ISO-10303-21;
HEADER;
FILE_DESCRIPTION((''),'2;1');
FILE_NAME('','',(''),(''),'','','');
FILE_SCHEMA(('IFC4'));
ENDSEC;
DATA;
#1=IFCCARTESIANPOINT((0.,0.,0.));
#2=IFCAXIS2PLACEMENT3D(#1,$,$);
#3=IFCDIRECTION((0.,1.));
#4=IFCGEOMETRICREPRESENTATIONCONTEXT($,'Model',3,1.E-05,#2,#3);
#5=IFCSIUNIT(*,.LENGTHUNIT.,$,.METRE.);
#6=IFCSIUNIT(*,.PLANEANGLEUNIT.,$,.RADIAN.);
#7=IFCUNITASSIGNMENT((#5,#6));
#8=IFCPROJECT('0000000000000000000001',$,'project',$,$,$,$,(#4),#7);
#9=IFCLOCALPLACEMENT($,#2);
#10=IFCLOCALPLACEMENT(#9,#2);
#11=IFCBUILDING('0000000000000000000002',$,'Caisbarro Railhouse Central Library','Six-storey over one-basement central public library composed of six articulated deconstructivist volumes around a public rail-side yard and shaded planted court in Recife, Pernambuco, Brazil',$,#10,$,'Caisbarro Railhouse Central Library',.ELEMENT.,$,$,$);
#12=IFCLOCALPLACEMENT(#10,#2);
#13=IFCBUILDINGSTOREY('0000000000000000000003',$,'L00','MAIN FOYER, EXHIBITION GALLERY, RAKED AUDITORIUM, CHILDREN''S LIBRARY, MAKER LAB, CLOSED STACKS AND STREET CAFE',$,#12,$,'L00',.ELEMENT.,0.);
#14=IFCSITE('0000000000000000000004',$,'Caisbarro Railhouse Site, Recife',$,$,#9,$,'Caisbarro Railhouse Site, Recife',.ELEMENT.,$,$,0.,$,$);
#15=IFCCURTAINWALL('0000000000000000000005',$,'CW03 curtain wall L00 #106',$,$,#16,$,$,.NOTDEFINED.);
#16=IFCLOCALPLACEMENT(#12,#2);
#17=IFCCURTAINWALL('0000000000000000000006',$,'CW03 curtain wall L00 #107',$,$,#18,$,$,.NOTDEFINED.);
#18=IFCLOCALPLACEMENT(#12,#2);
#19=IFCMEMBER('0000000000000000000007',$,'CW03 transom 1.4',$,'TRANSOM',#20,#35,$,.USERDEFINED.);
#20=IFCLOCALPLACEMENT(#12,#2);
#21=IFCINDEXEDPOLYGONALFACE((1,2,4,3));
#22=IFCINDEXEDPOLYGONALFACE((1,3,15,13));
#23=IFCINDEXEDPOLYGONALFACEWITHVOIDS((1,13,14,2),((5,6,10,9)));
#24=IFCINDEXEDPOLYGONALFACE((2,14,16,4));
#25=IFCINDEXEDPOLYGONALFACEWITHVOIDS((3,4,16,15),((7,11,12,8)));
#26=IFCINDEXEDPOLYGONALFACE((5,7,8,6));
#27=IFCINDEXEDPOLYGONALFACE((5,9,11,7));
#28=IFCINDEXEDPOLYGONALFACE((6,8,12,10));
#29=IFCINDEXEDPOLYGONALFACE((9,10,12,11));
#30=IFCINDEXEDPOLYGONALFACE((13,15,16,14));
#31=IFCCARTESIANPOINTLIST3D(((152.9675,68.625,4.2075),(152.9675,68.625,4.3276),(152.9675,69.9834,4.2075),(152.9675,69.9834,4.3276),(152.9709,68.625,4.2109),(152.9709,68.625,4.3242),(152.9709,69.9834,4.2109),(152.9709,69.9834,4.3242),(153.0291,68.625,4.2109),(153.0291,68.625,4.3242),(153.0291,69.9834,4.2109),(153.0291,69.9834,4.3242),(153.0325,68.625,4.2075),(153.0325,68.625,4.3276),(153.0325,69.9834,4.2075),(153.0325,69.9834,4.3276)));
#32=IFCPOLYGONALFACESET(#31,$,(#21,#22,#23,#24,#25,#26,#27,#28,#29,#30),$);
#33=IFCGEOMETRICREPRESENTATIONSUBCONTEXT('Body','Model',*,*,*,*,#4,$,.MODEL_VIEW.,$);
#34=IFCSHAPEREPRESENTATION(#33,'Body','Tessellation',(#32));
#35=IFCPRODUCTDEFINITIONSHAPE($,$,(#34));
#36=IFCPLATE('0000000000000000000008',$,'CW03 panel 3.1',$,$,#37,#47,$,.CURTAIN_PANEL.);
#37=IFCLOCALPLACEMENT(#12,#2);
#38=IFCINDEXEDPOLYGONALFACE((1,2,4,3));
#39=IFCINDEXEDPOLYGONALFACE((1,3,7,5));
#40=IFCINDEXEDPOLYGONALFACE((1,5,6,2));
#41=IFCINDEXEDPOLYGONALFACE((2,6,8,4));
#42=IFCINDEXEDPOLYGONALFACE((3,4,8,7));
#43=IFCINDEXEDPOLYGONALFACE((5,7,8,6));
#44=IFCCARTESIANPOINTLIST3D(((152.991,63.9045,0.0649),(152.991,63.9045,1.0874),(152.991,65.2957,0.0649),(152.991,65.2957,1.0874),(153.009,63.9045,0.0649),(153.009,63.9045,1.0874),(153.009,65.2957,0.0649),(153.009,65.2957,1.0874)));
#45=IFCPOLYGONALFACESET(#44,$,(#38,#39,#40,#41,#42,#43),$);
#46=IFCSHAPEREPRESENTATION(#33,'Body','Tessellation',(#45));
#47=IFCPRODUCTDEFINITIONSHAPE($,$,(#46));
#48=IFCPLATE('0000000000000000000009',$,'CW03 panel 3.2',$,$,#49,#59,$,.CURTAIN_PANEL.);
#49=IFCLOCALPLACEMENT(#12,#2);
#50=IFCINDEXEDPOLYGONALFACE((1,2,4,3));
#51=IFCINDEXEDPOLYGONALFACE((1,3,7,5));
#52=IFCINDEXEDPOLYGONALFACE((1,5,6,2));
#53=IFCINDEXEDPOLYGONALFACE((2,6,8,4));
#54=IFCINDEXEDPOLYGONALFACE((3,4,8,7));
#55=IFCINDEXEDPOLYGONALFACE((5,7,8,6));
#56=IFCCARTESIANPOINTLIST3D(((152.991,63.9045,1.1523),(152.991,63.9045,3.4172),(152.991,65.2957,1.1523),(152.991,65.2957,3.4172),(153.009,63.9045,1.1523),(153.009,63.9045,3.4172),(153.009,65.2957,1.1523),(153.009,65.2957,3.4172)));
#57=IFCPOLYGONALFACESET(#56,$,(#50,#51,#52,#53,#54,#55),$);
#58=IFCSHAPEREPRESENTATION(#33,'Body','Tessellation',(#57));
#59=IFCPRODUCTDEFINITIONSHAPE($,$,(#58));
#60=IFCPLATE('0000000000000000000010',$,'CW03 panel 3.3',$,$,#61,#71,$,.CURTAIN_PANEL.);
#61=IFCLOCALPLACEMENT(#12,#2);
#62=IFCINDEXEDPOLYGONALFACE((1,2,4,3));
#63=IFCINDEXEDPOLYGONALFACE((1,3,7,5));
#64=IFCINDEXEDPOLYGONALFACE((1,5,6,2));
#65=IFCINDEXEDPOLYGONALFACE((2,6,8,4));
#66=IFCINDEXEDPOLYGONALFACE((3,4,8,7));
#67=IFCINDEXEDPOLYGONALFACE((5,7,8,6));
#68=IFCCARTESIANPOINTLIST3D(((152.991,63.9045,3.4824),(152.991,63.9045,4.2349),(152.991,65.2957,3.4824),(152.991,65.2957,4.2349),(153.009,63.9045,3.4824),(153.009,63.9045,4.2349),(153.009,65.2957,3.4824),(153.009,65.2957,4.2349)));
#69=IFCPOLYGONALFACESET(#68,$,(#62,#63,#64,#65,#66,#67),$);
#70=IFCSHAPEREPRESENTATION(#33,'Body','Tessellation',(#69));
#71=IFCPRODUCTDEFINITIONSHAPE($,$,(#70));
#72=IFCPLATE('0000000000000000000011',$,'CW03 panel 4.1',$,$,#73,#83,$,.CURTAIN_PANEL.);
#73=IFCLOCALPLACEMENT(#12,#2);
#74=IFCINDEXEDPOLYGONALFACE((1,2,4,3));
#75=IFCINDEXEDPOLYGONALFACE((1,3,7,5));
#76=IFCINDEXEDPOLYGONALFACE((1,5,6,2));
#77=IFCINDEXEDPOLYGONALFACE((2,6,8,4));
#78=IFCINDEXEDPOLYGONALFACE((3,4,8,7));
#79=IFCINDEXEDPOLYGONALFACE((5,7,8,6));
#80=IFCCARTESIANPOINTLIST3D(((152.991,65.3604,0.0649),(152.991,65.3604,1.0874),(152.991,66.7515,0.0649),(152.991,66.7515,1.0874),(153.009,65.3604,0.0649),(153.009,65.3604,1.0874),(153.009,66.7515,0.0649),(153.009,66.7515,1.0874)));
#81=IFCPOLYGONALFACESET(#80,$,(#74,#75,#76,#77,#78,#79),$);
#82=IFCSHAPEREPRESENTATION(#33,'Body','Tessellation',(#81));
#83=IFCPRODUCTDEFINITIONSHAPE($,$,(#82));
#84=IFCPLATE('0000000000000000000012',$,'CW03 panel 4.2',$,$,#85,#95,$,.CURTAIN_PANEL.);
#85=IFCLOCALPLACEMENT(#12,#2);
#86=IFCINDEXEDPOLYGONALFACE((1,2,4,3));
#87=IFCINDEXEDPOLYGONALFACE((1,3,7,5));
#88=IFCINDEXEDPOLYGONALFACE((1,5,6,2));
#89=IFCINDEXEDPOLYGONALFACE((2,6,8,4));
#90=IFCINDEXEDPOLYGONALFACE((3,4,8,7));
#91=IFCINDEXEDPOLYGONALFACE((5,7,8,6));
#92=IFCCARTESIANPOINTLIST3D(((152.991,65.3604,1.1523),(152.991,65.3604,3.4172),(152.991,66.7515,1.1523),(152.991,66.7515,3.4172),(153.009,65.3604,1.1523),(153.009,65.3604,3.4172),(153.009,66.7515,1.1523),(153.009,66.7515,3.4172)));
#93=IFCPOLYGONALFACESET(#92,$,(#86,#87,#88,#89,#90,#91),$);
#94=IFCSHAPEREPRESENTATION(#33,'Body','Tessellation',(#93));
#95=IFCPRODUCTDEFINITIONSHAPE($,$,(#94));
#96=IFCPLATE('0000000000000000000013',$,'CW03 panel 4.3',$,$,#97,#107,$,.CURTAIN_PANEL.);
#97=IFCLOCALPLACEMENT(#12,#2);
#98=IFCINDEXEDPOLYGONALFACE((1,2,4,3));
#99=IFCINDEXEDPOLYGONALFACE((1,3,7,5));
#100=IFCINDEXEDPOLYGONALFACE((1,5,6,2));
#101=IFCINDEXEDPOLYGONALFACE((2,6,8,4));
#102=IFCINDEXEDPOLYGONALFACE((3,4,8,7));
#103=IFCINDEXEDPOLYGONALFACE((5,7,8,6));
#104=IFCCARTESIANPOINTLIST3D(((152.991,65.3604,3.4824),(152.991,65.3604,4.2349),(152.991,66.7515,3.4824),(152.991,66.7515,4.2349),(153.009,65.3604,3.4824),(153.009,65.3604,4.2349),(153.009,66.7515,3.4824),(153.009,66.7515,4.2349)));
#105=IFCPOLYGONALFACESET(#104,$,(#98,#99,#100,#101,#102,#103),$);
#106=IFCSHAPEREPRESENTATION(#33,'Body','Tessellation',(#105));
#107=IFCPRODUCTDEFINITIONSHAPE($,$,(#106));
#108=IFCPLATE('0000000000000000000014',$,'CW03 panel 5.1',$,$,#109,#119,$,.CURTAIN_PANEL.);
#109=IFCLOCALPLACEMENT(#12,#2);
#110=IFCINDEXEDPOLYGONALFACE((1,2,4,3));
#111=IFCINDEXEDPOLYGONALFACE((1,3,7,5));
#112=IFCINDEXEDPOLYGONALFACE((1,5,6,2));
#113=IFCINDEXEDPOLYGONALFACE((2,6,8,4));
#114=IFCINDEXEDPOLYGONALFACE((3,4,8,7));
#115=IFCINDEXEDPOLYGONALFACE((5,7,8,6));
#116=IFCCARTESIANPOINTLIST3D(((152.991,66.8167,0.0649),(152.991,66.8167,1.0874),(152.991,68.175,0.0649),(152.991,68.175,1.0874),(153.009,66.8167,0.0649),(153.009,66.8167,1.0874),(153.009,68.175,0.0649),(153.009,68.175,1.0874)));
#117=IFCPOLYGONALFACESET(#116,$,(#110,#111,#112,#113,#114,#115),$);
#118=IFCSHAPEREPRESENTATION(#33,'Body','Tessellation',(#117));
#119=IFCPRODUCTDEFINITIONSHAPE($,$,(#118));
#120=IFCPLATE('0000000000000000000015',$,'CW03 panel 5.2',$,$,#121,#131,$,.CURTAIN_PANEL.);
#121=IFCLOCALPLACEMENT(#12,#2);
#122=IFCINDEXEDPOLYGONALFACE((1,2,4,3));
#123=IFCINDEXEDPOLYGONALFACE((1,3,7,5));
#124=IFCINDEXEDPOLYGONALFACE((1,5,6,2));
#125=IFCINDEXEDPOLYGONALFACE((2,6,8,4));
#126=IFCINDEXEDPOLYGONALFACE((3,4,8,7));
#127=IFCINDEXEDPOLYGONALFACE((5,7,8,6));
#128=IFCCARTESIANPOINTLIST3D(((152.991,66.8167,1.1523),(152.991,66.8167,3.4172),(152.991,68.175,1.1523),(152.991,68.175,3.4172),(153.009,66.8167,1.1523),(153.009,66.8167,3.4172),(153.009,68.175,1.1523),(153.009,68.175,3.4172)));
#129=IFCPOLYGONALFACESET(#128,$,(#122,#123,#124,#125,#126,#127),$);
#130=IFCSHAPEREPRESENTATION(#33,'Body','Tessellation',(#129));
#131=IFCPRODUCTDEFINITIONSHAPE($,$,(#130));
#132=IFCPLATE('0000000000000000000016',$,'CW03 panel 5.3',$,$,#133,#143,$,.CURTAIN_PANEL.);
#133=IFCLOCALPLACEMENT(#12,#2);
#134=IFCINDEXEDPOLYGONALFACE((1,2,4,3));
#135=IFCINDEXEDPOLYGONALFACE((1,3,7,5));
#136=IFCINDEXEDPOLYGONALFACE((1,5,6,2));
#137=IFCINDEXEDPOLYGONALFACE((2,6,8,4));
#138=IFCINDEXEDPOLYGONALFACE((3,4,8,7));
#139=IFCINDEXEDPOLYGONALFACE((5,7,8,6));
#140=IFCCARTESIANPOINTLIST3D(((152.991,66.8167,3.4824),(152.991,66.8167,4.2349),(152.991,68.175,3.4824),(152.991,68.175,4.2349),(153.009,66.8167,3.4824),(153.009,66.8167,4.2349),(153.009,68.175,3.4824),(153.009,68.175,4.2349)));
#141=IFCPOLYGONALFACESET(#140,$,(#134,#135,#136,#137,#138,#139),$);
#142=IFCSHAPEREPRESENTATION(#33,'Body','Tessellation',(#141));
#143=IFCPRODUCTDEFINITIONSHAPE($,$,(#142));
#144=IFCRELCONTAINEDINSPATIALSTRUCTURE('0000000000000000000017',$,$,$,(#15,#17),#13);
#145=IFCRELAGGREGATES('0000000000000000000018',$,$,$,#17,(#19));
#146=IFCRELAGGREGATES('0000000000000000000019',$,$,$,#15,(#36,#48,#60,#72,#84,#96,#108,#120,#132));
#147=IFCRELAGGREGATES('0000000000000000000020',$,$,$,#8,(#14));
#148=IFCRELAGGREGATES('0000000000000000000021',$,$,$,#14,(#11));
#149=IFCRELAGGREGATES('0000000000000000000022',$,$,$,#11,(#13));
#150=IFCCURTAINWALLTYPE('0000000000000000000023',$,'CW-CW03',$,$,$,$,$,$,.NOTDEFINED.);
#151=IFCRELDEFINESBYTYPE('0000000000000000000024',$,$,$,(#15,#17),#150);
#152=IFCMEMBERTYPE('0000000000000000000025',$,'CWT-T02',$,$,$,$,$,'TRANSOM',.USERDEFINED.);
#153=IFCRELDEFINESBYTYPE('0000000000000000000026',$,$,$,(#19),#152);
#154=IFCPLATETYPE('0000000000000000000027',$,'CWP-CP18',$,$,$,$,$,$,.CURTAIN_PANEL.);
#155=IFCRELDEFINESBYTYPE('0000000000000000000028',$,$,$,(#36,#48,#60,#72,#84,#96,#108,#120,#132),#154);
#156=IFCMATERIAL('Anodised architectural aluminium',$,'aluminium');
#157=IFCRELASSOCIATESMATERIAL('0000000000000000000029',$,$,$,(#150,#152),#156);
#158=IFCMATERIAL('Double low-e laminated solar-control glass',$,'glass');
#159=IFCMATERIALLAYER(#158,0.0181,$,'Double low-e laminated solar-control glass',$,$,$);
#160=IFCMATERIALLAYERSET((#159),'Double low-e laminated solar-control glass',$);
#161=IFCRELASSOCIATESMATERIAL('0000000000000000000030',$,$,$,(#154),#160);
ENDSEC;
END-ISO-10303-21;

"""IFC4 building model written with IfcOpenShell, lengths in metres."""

from ifc_helpers import new_model, si_unit, direction, frame, origin, origin_2d, place, context, subcontext, project, spatial, rectangle, hollow_rectangle, extrude, material, layer, layer_set, material_profile, profile_set, type_object, element, aggregate, save


model = new_model("IFC4")

# Units and contexts
model_context = context("Model", 3, precision=1e-05, world=origin(), true_north=direction((0.0, 1.0)))
body_context = subcontext(model_context, "Body", "Model", "MODEL_VIEW")
ifc_project = project(units=[si_unit("LENGTHUNIT", "METRE"), si_unit("PLANEANGLEUNIT", "RADIAN")], contexts=[model_context])

# Site, building, storey
site_placement = place(None, origin())
site = spatial("IfcSite", under=ifc_project, at=site_placement, Name="Caisbarro Railhouse Site, Recife", LongName="Caisbarro Railhouse Site, Recife", CompositionType="ELEMENT", RefElevation=0.0)
building_placement = place(site_placement, origin())
building = spatial("IfcBuilding", under=site, at=building_placement, Name="Caisbarro Railhouse Central Library", Description="Six-storey over one-basement central public library composed of six articulated deconstructivist volumes around a public rail-side yard and shaded planted court in Recife, Pernambuco, Brazil", LongName="Caisbarro Railhouse Central Library", CompositionType="ELEMENT")
storey_placement = place(building_placement, origin())
storey = spatial("IfcBuildingStorey", under=building, at=storey_placement, Name="L00", Description="MAIN FOYER, EXHIBITION GALLERY, RAKED AUDITORIUM, CHILDREN'S LIBRARY, MAKER LAB, CLOSED STACKS AND STREET CAFE", LongName="L00", CompositionType="ELEMENT", Elevation=0.0)

# Curtain wall
ifc_material_1 = material(Name="Anodised architectural aluminium", Category="aluminium")
curtain_wall_type = type_object("IfcCurtainWallType", Name="CW-CW03", PredefinedType="NOTDEFINED", material=ifc_material_1)
curtain_wall_1_placement = place(storey_placement, origin())
curtain_wall_1 = element("IfcCurtainWall", 1, at=curtain_wall_1_placement, inside=storey, type_object=curtain_wall_type, Name="CW03 curtain wall L00 #106", PredefinedType="NOTDEFINED")

# Curtain wall
curtain_wall_2_placement = place(storey_placement, origin())
curtain_wall_2 = element("IfcCurtainWall", 2, at=curtain_wall_2_placement, inside=storey, type_object=curtain_wall_type, Name="CW03 curtain wall L00 #107", PredefinedType="NOTDEFINED")

# Member
ifc_material_profile_1 = material_profile(ifc_material_1, hollow_rectangle(XDim=0.0649, YDim=0.1201, WallThickness=0.0034, at=origin_2d()), Name="ALU-TRN-65X120")
ifc_profile_set_1 = profile_set([ifc_material_profile_1], Name="Anodised architectural aluminium")
member_type_1 = type_object("IfcMemberType", Name="CWT-T02", ElementType="TRANSOM", PredefinedType="USERDEFINED", material=ifc_profile_set_1)
member_1_placement = place(storey_placement, frame((153.0, 68.625, 4.2676), z_axis=(0.0, 1.0, 0.0), x_axis=(-1.0, 0.0, 0.0)))
member_1 = element("IfcMember", 3, at=member_1_placement, type_object=member_type_1, Name="CW03 transom 1.4", ObjectType="TRANSOM", PredefinedType="USERDEFINED", context=body_context, shape_type="SweptSolid", body=[
    extrude(hollow_rectangle(XDim=0.0649, YDim=0.1201, WallThickness=0.0034, at=origin_2d()), origin(), (0.0, 0.0, 1.0), 1.3584),
])
aggregate(curtain_wall_2, [member_1])

# Plates
ifc_material_2 = material(Name="Double low-e laminated solar-control glass", Category="glass")
ifc_layer = layer(ifc_material_2, 0.0181, Name="Double low-e laminated solar-control glass")
ifc_layer_set = layer_set([ifc_layer], Name="Double low-e laminated solar-control glass")
plate_type = type_object("IfcPlateType", Name="CWP-CP18", PredefinedType="CURTAIN_PANEL", material=ifc_layer_set)
plate_1_placement = place(storey_placement, frame((153.0, 64.6001, 0.0649), z_axis=(0.0, 0.0, 1.0), x_axis=(0.0, 1.0, 0.0)))
plate_1 = element("IfcPlate", 4, at=plate_1_placement, type_object=plate_type, Name="CW03 panel 3.1", PredefinedType="CURTAIN_PANEL", context=body_context, shape_type="SweptSolid", body=[
    extrude(rectangle(XDim=1.3911, YDim=0.0181, at=origin_2d()), origin(), (0.0, 0.0, 1.0), 1.0225),
])
plate_2_placement = place(storey_placement, frame((153.0, 64.6001, 1.1523), z_axis=(0.0, 0.0, 1.0), x_axis=(0.0, 1.0, 0.0)))
plate_2 = element("IfcPlate", 5, at=plate_2_placement, type_object=plate_type, Name="CW03 panel 3.2", PredefinedType="CURTAIN_PANEL", context=body_context, shape_type="SweptSolid", body=[
    extrude(rectangle(XDim=1.3911, YDim=0.0181, at=origin_2d()), origin(), (0.0, 0.0, 1.0), 2.2649),
])
plate_3_placement = place(storey_placement, frame((153.0, 64.6001, 3.4824), z_axis=(0.0, 0.0, 1.0), x_axis=(0.0, 1.0, 0.0)))
plate_3 = element("IfcPlate", 6, at=plate_3_placement, type_object=plate_type, Name="CW03 panel 3.3", PredefinedType="CURTAIN_PANEL", context=body_context, shape_type="SweptSolid", body=[
    extrude(rectangle(XDim=1.3911, YDim=0.0181, at=origin_2d()), origin(), (0.0, 0.0, 1.0), 0.7524),
])
plate_4_placement = place(storey_placement, frame((153.0, 66.0559, 0.0649), z_axis=(0.0, 0.0, 1.0), x_axis=(0.0, 1.0, 0.0)))
plate_4 = element("IfcPlate", 7, at=plate_4_placement, type_object=plate_type, Name="CW03 panel 4.1", PredefinedType="CURTAIN_PANEL", context=body_context, shape_type="SweptSolid", body=[
    extrude(rectangle(XDim=1.3911, YDim=0.0181, at=origin_2d()), origin(), (0.0, 0.0, 1.0), 1.0225),
])
plate_5_placement = place(storey_placement, frame((153.0, 66.0559, 1.1523), z_axis=(0.0, 0.0, 1.0), x_axis=(0.0, 1.0, 0.0)))
plate_5 = element("IfcPlate", 8, at=plate_5_placement, type_object=plate_type, Name="CW03 panel 4.2", PredefinedType="CURTAIN_PANEL", context=body_context, shape_type="SweptSolid", body=[
    extrude(rectangle(XDim=1.3911, YDim=0.0181, at=origin_2d()), origin(), (0.0, 0.0, 1.0), 2.2649),
])
plate_6_placement = place(storey_placement, frame((153.0, 66.0559, 3.4824), z_axis=(0.0, 0.0, 1.0), x_axis=(0.0, 1.0, 0.0)))
plate_6 = element("IfcPlate", 9, at=plate_6_placement, type_object=plate_type, Name="CW03 panel 4.3", PredefinedType="CURTAIN_PANEL", context=body_context, shape_type="SweptSolid", body=[
    extrude(rectangle(XDim=1.3911, YDim=0.0181, at=origin_2d()), origin(), (0.0, 0.0, 1.0), 0.7524),
])
plate_7_placement = place(storey_placement, frame((153.0, 67.4958, 0.0649), z_axis=(0.0, 0.0, 1.0), x_axis=(0.0, 1.0, 0.0)))
plate_7 = element("IfcPlate", 10, at=plate_7_placement, type_object=plate_type, Name="CW03 panel 5.1", PredefinedType="CURTAIN_PANEL", context=body_context, shape_type="SweptSolid", body=[
    extrude(rectangle(XDim=1.3584, YDim=0.0181, at=origin_2d()), origin(), (0.0, 0.0, 1.0), 1.0225),
])
plate_8_placement = place(storey_placement, frame((153.0, 67.4958, 1.1523), z_axis=(0.0, 0.0, 1.0), x_axis=(0.0, 1.0, 0.0)))
plate_8 = element("IfcPlate", 11, at=plate_8_placement, type_object=plate_type, Name="CW03 panel 5.2", PredefinedType="CURTAIN_PANEL", context=body_context, shape_type="SweptSolid", body=[
    extrude(rectangle(XDim=1.3584, YDim=0.0181, at=origin_2d()), origin(), (0.0, 0.0, 1.0), 2.2649),
])
plate_9_placement = place(storey_placement, frame((153.0, 67.4958, 3.4824), z_axis=(0.0, 0.0, 1.0), x_axis=(0.0, 1.0, 0.0)))
plate_9 = element("IfcPlate", 12, at=plate_9_placement, type_object=plate_type, Name="CW03 panel 5.3", PredefinedType="CURTAIN_PANEL", context=body_context, shape_type="SweptSolid", body=[
    extrude(rectangle(XDim=1.3584, YDim=0.0181, at=origin_2d()), origin(), (0.0, 0.0, 1.0), 0.7524),
])
aggregate(curtain_wall_1, [plate_1, plate_2, plate_3, plate_4, plate_5, plate_6, plate_7, plate_8, plate_9])

save(model, "model.ifc")
